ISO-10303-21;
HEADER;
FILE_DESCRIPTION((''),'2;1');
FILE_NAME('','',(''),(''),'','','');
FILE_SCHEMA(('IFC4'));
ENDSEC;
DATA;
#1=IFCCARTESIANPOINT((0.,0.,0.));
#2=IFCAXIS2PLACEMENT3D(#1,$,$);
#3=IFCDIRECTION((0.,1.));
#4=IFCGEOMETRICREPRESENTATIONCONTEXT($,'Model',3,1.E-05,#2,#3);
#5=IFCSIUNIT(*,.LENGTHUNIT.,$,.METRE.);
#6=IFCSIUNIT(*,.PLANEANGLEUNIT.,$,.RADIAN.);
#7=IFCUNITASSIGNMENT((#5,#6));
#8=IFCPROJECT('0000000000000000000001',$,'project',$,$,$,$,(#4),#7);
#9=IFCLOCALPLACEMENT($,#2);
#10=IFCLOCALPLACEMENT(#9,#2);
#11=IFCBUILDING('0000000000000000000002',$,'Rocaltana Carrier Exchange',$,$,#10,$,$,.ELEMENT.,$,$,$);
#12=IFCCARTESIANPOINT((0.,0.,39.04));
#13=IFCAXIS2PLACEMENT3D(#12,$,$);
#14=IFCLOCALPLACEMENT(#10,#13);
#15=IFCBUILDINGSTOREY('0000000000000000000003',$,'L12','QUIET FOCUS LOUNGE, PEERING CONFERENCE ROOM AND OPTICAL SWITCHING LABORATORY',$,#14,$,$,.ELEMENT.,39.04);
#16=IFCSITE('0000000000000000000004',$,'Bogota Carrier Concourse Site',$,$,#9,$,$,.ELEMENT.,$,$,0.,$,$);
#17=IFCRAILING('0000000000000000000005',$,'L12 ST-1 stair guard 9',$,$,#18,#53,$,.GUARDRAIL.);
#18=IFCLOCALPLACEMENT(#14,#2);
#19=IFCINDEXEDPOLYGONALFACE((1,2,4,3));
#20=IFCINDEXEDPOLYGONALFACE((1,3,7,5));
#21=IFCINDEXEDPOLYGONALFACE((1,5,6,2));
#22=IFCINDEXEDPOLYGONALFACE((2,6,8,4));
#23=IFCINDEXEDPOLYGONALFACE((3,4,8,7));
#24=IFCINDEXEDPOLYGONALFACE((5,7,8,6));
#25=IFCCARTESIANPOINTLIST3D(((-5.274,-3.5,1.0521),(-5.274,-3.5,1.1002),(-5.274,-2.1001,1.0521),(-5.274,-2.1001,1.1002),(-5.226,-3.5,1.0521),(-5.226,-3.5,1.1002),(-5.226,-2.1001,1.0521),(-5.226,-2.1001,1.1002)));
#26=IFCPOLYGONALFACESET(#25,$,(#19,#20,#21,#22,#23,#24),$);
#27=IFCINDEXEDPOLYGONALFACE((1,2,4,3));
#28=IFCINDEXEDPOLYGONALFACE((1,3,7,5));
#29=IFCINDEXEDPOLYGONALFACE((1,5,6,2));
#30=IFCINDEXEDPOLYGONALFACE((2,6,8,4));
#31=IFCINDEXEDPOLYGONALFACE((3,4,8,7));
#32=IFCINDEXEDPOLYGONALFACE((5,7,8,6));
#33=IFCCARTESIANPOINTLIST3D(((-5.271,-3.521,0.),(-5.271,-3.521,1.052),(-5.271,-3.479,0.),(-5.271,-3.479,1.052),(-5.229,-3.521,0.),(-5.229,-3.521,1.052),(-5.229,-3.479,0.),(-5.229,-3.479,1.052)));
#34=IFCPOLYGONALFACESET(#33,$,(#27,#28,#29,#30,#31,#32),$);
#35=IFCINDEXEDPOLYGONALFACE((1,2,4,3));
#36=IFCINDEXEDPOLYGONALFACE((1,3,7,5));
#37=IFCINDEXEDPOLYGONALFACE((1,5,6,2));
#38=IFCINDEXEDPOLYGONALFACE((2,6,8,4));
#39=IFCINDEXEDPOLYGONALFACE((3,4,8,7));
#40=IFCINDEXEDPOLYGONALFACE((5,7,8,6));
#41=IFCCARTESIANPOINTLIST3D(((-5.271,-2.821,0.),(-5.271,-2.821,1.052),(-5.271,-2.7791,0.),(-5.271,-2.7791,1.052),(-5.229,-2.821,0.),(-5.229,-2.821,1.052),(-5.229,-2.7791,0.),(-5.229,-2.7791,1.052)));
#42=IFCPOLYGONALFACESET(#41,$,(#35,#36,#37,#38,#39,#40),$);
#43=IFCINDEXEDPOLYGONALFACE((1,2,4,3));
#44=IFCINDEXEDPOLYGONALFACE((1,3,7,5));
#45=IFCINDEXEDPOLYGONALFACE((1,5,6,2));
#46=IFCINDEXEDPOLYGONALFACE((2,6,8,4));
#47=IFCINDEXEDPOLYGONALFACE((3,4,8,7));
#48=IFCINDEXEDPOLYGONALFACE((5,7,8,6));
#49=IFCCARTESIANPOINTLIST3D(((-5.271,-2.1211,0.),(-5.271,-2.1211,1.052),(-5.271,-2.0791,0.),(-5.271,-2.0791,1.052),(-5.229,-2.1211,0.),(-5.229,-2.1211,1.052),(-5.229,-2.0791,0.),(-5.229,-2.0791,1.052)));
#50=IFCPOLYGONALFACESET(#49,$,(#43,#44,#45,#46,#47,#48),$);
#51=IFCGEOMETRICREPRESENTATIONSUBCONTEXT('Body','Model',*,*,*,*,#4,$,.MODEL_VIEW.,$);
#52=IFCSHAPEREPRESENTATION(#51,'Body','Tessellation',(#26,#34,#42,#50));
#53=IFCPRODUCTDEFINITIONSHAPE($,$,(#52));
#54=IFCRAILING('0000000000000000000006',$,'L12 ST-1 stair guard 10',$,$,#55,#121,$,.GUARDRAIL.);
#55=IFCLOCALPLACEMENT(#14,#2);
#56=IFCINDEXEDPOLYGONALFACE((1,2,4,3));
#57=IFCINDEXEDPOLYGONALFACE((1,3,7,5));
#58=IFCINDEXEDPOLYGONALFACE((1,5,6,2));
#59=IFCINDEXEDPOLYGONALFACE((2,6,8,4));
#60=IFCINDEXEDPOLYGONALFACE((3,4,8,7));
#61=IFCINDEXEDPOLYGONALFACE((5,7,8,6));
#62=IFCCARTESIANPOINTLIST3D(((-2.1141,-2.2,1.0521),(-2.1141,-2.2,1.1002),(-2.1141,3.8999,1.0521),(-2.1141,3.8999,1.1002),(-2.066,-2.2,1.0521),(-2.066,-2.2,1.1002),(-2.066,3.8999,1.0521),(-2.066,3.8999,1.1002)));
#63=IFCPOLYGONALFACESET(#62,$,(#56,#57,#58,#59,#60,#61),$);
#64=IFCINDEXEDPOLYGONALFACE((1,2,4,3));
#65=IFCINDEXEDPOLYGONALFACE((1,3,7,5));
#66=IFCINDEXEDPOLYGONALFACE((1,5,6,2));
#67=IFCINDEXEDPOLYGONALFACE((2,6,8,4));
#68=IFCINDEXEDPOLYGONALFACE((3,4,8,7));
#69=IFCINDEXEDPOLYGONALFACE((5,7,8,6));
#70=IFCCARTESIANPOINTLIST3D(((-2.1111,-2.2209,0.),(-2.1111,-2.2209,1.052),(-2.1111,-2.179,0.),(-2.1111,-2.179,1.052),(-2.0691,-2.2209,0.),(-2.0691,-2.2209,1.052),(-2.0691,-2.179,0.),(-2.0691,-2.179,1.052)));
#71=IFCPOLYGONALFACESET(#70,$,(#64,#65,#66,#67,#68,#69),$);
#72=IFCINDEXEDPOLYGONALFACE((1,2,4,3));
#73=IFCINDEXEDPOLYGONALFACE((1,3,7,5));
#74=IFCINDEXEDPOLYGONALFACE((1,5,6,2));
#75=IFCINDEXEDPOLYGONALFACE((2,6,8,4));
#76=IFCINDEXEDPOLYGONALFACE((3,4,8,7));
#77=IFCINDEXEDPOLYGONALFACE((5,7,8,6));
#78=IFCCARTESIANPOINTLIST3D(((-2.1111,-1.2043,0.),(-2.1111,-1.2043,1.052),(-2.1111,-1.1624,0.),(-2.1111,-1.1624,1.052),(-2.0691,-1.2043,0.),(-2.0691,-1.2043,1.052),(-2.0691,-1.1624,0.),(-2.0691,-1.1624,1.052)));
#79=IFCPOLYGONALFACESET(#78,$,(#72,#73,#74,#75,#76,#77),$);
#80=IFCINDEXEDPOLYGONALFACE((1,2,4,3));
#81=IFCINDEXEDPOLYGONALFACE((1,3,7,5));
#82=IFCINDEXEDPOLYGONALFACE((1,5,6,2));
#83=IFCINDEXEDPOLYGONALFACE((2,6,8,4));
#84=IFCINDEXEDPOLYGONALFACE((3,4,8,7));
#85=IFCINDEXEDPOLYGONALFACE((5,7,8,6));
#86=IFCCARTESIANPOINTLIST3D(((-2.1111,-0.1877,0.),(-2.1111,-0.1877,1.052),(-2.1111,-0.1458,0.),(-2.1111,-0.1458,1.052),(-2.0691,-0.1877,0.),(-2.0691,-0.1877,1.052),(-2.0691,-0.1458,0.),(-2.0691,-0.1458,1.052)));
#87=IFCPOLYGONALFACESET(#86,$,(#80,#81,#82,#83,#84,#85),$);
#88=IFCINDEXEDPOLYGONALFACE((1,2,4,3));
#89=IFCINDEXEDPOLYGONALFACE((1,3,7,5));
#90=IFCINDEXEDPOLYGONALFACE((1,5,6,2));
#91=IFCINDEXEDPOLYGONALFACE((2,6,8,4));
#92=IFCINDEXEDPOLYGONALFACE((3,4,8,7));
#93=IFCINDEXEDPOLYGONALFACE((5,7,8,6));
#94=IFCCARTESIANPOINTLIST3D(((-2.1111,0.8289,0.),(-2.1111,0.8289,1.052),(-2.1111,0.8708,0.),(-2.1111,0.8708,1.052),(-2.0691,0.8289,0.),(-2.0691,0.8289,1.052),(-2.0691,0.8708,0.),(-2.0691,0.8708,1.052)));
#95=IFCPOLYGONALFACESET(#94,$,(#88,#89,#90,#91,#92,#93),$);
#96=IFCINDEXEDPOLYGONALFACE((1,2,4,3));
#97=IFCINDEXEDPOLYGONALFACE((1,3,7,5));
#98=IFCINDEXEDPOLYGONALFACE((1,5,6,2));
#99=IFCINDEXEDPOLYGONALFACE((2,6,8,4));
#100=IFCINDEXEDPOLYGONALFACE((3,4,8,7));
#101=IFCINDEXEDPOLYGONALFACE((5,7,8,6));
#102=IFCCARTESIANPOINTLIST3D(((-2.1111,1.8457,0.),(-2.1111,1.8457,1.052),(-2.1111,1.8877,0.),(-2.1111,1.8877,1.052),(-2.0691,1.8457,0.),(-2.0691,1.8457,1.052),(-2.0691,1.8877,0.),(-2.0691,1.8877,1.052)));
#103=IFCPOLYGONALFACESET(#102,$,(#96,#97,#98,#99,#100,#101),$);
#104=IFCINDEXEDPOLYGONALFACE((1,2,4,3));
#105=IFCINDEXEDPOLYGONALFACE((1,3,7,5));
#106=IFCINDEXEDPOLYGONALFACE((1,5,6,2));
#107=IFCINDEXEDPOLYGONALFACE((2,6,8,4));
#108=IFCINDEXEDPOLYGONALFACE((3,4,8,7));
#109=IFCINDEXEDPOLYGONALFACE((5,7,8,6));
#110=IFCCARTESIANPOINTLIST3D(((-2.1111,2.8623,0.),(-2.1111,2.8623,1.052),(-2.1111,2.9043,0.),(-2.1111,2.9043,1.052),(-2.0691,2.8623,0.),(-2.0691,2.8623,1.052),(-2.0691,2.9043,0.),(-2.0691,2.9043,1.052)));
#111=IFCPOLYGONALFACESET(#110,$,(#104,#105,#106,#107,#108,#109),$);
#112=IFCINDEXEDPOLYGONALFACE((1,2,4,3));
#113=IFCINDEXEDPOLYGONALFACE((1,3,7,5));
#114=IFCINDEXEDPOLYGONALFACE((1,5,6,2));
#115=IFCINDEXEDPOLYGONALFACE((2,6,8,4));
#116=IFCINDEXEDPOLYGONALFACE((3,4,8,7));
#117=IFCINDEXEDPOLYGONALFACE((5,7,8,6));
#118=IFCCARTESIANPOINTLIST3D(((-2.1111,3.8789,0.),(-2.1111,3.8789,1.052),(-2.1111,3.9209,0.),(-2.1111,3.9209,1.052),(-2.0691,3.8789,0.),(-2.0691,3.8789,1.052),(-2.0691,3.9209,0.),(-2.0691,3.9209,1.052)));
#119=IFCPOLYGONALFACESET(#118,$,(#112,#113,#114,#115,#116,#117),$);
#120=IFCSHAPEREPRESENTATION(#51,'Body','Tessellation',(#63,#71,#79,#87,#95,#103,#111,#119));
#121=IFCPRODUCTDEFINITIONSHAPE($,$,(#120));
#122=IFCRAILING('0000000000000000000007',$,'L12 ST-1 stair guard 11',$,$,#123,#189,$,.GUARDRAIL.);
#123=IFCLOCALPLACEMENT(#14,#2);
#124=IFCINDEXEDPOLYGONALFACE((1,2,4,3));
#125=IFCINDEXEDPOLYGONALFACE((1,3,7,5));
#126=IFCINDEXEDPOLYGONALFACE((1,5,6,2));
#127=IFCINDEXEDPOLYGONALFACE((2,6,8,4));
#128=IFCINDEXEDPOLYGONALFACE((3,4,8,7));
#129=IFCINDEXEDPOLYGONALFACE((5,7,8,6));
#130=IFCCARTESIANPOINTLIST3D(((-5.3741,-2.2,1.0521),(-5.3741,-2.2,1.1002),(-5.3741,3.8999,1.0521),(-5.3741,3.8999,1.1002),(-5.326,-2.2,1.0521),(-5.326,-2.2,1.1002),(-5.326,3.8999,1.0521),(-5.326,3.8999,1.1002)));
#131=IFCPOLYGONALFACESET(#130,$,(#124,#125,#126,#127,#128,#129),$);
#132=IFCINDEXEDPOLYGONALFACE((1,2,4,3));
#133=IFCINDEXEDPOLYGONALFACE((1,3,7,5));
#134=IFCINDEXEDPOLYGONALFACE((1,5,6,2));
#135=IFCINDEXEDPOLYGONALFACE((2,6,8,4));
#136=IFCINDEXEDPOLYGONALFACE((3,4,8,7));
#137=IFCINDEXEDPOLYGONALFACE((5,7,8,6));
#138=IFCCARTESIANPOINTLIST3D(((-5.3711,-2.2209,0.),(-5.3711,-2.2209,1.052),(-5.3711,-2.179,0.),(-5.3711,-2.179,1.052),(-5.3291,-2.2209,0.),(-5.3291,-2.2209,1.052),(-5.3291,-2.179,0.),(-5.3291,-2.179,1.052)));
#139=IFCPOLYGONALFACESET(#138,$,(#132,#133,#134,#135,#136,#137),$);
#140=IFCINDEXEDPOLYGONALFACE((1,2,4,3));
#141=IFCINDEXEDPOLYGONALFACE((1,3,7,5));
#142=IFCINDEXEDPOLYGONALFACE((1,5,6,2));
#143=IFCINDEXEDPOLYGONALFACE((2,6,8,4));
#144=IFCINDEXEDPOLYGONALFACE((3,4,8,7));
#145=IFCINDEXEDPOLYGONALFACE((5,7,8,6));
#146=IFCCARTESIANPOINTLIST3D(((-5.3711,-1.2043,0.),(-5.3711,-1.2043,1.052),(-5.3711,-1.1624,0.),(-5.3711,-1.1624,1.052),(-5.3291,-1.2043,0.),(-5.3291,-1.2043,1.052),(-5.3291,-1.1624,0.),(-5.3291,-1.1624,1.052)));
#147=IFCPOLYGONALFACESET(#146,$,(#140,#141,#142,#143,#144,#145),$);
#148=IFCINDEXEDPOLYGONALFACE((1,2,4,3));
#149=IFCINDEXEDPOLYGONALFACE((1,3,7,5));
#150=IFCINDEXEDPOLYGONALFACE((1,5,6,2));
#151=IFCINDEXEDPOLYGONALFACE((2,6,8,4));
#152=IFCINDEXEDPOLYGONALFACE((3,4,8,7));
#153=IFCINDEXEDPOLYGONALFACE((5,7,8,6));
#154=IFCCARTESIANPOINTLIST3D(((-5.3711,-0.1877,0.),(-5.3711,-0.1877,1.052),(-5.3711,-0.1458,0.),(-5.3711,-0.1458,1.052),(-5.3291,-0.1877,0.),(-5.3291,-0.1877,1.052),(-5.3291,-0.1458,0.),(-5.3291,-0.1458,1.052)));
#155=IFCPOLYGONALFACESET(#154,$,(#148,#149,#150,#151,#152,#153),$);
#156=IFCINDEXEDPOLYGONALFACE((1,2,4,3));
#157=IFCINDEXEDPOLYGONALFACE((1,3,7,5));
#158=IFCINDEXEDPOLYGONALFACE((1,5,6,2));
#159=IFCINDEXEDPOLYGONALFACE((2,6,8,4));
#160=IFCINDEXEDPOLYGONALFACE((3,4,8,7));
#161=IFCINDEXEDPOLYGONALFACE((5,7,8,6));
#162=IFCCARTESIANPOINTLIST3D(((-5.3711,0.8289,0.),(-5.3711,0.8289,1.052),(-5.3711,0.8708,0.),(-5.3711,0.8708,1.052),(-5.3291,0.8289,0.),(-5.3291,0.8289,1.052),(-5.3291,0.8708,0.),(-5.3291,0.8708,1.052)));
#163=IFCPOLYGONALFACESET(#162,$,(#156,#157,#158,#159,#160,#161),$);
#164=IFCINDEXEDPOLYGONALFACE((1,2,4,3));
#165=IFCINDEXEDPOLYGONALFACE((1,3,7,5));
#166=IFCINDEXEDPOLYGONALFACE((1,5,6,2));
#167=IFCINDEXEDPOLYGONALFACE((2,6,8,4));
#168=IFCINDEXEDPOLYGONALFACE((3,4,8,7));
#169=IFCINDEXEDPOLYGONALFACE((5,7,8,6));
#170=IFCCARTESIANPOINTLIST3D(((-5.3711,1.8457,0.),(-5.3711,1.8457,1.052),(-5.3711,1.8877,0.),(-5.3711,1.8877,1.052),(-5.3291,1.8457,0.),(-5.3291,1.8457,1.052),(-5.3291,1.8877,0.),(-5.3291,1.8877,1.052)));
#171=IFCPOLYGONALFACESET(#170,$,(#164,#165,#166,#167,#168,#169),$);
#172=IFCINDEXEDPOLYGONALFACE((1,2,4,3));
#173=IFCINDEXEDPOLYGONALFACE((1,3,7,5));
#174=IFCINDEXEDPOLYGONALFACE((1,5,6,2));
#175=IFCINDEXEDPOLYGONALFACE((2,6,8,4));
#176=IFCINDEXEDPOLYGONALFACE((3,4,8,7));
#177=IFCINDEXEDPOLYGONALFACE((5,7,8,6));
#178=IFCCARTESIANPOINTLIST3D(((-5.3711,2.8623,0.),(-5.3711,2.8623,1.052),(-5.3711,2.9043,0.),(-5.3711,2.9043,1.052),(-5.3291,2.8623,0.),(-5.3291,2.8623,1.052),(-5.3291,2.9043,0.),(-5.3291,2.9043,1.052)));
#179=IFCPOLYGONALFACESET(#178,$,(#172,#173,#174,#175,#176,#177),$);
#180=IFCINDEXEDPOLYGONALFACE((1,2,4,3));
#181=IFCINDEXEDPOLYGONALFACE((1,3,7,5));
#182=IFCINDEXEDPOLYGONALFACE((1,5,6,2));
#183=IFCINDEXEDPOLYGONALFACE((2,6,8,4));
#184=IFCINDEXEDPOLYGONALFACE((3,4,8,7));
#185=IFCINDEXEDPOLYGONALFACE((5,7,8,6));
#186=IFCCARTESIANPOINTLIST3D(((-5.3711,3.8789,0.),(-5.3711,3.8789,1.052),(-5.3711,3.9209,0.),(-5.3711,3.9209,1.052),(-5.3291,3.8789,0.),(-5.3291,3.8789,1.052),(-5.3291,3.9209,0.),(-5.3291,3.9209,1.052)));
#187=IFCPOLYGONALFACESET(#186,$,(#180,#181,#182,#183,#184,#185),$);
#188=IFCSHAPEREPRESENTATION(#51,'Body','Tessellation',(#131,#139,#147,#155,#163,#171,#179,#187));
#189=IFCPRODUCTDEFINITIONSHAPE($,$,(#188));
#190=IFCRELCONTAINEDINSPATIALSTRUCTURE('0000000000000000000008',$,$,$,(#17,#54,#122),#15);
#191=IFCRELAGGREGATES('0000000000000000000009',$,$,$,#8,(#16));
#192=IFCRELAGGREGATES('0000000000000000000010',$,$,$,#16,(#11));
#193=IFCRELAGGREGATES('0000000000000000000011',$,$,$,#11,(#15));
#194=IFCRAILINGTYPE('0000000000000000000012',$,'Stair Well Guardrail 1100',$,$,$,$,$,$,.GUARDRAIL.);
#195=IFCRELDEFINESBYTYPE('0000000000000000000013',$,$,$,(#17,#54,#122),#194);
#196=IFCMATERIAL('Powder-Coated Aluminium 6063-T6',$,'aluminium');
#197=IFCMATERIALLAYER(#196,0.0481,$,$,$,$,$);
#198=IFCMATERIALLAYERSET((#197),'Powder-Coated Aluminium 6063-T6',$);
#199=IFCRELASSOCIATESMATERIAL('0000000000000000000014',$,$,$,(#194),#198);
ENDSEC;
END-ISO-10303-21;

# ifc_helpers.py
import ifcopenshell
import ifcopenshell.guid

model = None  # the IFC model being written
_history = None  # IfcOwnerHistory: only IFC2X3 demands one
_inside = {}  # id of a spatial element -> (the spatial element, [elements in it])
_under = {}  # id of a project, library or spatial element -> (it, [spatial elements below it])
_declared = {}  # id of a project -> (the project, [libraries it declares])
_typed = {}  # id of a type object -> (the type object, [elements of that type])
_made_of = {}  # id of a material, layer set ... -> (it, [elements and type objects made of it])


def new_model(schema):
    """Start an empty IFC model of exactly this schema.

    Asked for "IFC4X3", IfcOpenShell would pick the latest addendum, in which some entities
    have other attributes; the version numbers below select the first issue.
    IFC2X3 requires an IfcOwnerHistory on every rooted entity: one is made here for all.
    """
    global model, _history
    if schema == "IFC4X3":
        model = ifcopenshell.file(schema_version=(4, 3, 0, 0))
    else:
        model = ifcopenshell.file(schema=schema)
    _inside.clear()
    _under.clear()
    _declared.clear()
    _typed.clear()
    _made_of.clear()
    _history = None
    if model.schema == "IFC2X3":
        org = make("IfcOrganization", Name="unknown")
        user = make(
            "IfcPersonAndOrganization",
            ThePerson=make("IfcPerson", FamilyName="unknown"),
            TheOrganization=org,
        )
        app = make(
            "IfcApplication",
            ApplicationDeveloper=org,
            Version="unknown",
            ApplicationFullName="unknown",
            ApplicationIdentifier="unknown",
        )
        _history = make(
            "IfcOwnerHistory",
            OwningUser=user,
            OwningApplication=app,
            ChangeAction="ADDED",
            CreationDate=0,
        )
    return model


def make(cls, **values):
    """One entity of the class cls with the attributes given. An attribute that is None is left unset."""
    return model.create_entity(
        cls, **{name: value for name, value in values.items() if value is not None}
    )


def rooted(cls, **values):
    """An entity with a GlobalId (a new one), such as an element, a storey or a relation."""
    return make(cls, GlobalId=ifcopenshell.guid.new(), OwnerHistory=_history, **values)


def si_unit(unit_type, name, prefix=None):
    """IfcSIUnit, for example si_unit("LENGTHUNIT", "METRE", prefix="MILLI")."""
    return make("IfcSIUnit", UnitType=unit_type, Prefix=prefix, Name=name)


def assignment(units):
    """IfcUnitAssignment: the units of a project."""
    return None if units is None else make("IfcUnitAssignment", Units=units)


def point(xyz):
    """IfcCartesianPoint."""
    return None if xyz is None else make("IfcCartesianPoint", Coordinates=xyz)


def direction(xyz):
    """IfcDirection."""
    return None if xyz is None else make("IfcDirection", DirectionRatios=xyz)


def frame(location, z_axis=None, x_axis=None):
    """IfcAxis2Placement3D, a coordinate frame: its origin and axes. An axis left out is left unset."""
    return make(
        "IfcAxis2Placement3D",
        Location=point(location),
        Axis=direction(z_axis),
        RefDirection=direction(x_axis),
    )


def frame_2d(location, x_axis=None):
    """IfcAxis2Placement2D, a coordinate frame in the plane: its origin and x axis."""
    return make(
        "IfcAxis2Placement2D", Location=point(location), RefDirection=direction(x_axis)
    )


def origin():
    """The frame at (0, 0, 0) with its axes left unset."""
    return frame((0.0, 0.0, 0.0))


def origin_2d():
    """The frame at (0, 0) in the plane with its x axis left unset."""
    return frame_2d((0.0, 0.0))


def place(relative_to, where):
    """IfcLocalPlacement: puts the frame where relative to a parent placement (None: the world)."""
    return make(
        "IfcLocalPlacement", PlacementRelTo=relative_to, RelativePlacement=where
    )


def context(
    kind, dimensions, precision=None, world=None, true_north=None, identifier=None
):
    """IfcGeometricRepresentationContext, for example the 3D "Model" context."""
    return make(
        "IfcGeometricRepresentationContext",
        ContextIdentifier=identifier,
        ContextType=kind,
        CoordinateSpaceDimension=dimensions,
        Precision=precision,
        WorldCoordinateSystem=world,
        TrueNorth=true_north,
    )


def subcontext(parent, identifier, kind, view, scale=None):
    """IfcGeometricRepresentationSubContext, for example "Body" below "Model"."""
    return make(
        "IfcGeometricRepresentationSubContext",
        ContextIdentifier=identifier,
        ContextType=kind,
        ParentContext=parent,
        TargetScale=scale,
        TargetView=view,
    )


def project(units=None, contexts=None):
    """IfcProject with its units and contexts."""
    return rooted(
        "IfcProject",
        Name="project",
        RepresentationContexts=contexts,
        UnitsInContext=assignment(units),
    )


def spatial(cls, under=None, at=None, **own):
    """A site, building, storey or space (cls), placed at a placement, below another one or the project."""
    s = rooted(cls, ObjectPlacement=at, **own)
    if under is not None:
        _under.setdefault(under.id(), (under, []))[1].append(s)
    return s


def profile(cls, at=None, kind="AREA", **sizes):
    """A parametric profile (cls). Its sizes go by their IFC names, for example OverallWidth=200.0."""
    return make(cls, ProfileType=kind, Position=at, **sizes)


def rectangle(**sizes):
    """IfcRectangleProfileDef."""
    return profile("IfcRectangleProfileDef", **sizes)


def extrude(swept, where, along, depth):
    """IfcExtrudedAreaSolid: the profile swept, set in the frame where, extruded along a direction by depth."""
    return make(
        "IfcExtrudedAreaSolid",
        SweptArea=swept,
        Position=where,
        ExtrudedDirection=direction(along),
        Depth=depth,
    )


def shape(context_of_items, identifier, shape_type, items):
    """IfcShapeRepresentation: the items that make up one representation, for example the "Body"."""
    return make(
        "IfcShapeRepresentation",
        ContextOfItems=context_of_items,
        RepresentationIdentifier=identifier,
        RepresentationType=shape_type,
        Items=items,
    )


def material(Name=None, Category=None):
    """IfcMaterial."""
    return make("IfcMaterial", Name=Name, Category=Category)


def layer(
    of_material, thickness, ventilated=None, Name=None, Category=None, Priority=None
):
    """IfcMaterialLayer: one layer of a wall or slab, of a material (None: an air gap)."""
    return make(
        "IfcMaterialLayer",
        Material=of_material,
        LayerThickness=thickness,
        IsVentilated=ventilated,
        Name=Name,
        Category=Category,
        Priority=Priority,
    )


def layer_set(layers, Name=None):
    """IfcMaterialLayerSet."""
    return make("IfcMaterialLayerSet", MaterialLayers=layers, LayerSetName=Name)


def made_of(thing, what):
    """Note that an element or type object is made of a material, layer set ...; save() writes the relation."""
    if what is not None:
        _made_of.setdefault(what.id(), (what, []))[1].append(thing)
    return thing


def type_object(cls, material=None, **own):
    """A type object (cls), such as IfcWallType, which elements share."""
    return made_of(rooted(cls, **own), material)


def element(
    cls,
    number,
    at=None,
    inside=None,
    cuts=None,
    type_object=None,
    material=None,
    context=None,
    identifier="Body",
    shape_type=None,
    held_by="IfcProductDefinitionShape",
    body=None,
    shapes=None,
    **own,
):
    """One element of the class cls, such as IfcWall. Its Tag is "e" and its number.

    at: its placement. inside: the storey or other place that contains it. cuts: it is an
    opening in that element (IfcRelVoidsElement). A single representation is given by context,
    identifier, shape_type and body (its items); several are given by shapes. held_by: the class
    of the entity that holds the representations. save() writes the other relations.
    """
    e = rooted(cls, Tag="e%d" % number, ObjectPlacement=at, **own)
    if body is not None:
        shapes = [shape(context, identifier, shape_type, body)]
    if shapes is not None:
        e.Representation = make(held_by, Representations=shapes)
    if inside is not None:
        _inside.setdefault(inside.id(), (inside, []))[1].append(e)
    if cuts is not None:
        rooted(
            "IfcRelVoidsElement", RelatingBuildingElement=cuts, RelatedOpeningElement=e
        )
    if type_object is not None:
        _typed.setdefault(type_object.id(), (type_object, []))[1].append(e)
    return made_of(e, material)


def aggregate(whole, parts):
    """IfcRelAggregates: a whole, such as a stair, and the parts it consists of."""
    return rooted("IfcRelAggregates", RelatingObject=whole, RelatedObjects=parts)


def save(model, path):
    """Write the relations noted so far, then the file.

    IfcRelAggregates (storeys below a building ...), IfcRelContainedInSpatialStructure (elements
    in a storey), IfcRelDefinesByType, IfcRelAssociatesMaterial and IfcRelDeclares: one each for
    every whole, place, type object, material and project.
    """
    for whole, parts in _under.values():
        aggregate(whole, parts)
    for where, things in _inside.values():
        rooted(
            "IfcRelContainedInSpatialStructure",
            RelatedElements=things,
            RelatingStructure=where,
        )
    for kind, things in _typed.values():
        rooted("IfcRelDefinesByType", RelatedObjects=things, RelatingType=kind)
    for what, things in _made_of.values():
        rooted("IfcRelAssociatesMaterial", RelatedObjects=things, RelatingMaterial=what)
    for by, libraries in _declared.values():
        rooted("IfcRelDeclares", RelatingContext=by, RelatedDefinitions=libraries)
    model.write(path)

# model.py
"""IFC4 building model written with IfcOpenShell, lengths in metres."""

from ifc_helpers import new_model, si_unit, direction, frame, origin, origin_2d, place, context, subcontext, project, spatial, rectangle, extrude, material, layer, layer_set, type_object, element, save


model = new_model("IFC4")

# Units and contexts
model_context = context("Model", 3, precision=1e-05, world=origin(), true_north=direction((0.0, 1.0)))
body_context = subcontext(model_context, "Body", "Model", "MODEL_VIEW")
ifc_project = project(units=[si_unit("LENGTHUNIT", "METRE"), si_unit("PLANEANGLEUNIT", "RADIAN")], contexts=[model_context])

# Site, building, storey
site_placement = place(None, origin())
site = spatial("IfcSite", under=ifc_project, at=site_placement, Name="Bogota Carrier Concourse Site", CompositionType="ELEMENT", RefElevation=0.0)
building_placement = place(site_placement, origin())
building = spatial("IfcBuilding", under=site, at=building_placement, Name="Rocaltana Carrier Exchange", CompositionType="ELEMENT")
storey_placement = place(building_placement, frame((0.0, 0.0, 39.04)))
storey = spatial("IfcBuildingStorey", under=building, at=storey_placement, Name="L12", Description="QUIET FOCUS LOUNGE, PEERING CONFERENCE ROOM AND OPTICAL SWITCHING LABORATORY", CompositionType="ELEMENT", Elevation=39.04)

# Railings
ifc_material_1 = material(Name="Powder-Coated Aluminium 6063-T6", Category="aluminium")
ifc_layer_1 = layer(ifc_material_1, 0.0481)
ifc_layer_set_1 = layer_set([ifc_layer_1], Name="Powder-Coated Aluminium 6063-T6")
railing_type_1 = type_object("IfcRailingType", Name="Stair Well Guardrail 1100", PredefinedType="GUARDRAIL", material=ifc_layer_set_1)
for number, where, name in (
    (1, (-5.25, -3.5, 0.0), "L12 ST-1 stair guard 9"),
):
    element("IfcRailing", number, at=place(storey_placement, frame(where)), inside=storey, type_object=railing_type_1, Name=name, PredefinedType="GUARDRAIL", context=body_context, shape_type="SweptSolid", body=[
        extrude(rectangle(XDim=0.0481, YDim=0.0481, at=origin_2d()), frame((0.0, 0.0, 1.0762), z_axis=(0.0, 1.0, 0.0), x_axis=(-1.0, 0.0, 0.0)), (0.0, 0.0, 1.0), 1.3999),
        extrude(rectangle(XDim=0.042, YDim=0.042, at=origin_2d()), origin(), (0.0, 0.0, 1.0), 1.052),
        extrude(rectangle(XDim=0.042, YDim=0.042, at=origin_2d()), frame((0.0, 0.7, 0.0)), (0.0, 0.0, 1.0), 1.052),
        extrude(rectangle(XDim=0.042, YDim=0.042, at=origin_2d()), frame((0.0, 1.3999, 0.0)), (0.0, 0.0, 1.0), 1.052),
    ])
for number, where, name in (
    (2, (-2.0901, -2.2, 0.0), "L12 ST-1 stair guard 10"),
    (3, (-5.3501, -2.2, 0.0), "L12 ST-1 stair guard 11"),
):
    element("IfcRailing", number, at=place(storey_placement, frame(where)), inside=storey, type_object=railing_type_1, Name=name, PredefinedType="GUARDRAIL", context=body_context, shape_type="SweptSolid", body=[
        extrude(rectangle(XDim=0.0481, YDim=0.0481, at=origin_2d()), frame((0.0, 0.0, 1.0762), z_axis=(0.0, 1.0, 0.0), x_axis=(-1.0, 0.0, 0.0)), (0.0, 0.0, 1.0), 6.0999),
        extrude(rectangle(XDim=0.042, YDim=0.042, at=origin_2d()), origin(), (0.0, 0.0, 1.0), 1.052),
        extrude(rectangle(XDim=0.042, YDim=0.042, at=origin_2d()), frame((0.0, 1.0166, 0.0)), (0.0, 0.0, 1.0), 1.052),
        extrude(rectangle(XDim=0.042, YDim=0.042, at=origin_2d()), frame((0.0, 2.0332, 0.0)), (0.0, 0.0, 1.0), 1.052),
        extrude(rectangle(XDim=0.042, YDim=0.042, at=origin_2d()), frame((0.0, 3.0498, 0.0)), (0.0, 0.0, 1.0), 1.052),
        extrude(rectangle(XDim=0.042, YDim=0.042, at=origin_2d()), frame((0.0, 4.0667, 0.0)), (0.0, 0.0, 1.0), 1.052),
        extrude(rectangle(XDim=0.042, YDim=0.042, at=origin_2d()), frame((0.0, 5.0833, 0.0)), (0.0, 0.0, 1.0), 1.052),
        extrude(rectangle(XDim=0.042, YDim=0.042, at=origin_2d()), frame((0.0, 6.0999, 0.0)), (0.0, 0.0, 1.0), 1.052),
    ])

save(model, "model.ifc")
